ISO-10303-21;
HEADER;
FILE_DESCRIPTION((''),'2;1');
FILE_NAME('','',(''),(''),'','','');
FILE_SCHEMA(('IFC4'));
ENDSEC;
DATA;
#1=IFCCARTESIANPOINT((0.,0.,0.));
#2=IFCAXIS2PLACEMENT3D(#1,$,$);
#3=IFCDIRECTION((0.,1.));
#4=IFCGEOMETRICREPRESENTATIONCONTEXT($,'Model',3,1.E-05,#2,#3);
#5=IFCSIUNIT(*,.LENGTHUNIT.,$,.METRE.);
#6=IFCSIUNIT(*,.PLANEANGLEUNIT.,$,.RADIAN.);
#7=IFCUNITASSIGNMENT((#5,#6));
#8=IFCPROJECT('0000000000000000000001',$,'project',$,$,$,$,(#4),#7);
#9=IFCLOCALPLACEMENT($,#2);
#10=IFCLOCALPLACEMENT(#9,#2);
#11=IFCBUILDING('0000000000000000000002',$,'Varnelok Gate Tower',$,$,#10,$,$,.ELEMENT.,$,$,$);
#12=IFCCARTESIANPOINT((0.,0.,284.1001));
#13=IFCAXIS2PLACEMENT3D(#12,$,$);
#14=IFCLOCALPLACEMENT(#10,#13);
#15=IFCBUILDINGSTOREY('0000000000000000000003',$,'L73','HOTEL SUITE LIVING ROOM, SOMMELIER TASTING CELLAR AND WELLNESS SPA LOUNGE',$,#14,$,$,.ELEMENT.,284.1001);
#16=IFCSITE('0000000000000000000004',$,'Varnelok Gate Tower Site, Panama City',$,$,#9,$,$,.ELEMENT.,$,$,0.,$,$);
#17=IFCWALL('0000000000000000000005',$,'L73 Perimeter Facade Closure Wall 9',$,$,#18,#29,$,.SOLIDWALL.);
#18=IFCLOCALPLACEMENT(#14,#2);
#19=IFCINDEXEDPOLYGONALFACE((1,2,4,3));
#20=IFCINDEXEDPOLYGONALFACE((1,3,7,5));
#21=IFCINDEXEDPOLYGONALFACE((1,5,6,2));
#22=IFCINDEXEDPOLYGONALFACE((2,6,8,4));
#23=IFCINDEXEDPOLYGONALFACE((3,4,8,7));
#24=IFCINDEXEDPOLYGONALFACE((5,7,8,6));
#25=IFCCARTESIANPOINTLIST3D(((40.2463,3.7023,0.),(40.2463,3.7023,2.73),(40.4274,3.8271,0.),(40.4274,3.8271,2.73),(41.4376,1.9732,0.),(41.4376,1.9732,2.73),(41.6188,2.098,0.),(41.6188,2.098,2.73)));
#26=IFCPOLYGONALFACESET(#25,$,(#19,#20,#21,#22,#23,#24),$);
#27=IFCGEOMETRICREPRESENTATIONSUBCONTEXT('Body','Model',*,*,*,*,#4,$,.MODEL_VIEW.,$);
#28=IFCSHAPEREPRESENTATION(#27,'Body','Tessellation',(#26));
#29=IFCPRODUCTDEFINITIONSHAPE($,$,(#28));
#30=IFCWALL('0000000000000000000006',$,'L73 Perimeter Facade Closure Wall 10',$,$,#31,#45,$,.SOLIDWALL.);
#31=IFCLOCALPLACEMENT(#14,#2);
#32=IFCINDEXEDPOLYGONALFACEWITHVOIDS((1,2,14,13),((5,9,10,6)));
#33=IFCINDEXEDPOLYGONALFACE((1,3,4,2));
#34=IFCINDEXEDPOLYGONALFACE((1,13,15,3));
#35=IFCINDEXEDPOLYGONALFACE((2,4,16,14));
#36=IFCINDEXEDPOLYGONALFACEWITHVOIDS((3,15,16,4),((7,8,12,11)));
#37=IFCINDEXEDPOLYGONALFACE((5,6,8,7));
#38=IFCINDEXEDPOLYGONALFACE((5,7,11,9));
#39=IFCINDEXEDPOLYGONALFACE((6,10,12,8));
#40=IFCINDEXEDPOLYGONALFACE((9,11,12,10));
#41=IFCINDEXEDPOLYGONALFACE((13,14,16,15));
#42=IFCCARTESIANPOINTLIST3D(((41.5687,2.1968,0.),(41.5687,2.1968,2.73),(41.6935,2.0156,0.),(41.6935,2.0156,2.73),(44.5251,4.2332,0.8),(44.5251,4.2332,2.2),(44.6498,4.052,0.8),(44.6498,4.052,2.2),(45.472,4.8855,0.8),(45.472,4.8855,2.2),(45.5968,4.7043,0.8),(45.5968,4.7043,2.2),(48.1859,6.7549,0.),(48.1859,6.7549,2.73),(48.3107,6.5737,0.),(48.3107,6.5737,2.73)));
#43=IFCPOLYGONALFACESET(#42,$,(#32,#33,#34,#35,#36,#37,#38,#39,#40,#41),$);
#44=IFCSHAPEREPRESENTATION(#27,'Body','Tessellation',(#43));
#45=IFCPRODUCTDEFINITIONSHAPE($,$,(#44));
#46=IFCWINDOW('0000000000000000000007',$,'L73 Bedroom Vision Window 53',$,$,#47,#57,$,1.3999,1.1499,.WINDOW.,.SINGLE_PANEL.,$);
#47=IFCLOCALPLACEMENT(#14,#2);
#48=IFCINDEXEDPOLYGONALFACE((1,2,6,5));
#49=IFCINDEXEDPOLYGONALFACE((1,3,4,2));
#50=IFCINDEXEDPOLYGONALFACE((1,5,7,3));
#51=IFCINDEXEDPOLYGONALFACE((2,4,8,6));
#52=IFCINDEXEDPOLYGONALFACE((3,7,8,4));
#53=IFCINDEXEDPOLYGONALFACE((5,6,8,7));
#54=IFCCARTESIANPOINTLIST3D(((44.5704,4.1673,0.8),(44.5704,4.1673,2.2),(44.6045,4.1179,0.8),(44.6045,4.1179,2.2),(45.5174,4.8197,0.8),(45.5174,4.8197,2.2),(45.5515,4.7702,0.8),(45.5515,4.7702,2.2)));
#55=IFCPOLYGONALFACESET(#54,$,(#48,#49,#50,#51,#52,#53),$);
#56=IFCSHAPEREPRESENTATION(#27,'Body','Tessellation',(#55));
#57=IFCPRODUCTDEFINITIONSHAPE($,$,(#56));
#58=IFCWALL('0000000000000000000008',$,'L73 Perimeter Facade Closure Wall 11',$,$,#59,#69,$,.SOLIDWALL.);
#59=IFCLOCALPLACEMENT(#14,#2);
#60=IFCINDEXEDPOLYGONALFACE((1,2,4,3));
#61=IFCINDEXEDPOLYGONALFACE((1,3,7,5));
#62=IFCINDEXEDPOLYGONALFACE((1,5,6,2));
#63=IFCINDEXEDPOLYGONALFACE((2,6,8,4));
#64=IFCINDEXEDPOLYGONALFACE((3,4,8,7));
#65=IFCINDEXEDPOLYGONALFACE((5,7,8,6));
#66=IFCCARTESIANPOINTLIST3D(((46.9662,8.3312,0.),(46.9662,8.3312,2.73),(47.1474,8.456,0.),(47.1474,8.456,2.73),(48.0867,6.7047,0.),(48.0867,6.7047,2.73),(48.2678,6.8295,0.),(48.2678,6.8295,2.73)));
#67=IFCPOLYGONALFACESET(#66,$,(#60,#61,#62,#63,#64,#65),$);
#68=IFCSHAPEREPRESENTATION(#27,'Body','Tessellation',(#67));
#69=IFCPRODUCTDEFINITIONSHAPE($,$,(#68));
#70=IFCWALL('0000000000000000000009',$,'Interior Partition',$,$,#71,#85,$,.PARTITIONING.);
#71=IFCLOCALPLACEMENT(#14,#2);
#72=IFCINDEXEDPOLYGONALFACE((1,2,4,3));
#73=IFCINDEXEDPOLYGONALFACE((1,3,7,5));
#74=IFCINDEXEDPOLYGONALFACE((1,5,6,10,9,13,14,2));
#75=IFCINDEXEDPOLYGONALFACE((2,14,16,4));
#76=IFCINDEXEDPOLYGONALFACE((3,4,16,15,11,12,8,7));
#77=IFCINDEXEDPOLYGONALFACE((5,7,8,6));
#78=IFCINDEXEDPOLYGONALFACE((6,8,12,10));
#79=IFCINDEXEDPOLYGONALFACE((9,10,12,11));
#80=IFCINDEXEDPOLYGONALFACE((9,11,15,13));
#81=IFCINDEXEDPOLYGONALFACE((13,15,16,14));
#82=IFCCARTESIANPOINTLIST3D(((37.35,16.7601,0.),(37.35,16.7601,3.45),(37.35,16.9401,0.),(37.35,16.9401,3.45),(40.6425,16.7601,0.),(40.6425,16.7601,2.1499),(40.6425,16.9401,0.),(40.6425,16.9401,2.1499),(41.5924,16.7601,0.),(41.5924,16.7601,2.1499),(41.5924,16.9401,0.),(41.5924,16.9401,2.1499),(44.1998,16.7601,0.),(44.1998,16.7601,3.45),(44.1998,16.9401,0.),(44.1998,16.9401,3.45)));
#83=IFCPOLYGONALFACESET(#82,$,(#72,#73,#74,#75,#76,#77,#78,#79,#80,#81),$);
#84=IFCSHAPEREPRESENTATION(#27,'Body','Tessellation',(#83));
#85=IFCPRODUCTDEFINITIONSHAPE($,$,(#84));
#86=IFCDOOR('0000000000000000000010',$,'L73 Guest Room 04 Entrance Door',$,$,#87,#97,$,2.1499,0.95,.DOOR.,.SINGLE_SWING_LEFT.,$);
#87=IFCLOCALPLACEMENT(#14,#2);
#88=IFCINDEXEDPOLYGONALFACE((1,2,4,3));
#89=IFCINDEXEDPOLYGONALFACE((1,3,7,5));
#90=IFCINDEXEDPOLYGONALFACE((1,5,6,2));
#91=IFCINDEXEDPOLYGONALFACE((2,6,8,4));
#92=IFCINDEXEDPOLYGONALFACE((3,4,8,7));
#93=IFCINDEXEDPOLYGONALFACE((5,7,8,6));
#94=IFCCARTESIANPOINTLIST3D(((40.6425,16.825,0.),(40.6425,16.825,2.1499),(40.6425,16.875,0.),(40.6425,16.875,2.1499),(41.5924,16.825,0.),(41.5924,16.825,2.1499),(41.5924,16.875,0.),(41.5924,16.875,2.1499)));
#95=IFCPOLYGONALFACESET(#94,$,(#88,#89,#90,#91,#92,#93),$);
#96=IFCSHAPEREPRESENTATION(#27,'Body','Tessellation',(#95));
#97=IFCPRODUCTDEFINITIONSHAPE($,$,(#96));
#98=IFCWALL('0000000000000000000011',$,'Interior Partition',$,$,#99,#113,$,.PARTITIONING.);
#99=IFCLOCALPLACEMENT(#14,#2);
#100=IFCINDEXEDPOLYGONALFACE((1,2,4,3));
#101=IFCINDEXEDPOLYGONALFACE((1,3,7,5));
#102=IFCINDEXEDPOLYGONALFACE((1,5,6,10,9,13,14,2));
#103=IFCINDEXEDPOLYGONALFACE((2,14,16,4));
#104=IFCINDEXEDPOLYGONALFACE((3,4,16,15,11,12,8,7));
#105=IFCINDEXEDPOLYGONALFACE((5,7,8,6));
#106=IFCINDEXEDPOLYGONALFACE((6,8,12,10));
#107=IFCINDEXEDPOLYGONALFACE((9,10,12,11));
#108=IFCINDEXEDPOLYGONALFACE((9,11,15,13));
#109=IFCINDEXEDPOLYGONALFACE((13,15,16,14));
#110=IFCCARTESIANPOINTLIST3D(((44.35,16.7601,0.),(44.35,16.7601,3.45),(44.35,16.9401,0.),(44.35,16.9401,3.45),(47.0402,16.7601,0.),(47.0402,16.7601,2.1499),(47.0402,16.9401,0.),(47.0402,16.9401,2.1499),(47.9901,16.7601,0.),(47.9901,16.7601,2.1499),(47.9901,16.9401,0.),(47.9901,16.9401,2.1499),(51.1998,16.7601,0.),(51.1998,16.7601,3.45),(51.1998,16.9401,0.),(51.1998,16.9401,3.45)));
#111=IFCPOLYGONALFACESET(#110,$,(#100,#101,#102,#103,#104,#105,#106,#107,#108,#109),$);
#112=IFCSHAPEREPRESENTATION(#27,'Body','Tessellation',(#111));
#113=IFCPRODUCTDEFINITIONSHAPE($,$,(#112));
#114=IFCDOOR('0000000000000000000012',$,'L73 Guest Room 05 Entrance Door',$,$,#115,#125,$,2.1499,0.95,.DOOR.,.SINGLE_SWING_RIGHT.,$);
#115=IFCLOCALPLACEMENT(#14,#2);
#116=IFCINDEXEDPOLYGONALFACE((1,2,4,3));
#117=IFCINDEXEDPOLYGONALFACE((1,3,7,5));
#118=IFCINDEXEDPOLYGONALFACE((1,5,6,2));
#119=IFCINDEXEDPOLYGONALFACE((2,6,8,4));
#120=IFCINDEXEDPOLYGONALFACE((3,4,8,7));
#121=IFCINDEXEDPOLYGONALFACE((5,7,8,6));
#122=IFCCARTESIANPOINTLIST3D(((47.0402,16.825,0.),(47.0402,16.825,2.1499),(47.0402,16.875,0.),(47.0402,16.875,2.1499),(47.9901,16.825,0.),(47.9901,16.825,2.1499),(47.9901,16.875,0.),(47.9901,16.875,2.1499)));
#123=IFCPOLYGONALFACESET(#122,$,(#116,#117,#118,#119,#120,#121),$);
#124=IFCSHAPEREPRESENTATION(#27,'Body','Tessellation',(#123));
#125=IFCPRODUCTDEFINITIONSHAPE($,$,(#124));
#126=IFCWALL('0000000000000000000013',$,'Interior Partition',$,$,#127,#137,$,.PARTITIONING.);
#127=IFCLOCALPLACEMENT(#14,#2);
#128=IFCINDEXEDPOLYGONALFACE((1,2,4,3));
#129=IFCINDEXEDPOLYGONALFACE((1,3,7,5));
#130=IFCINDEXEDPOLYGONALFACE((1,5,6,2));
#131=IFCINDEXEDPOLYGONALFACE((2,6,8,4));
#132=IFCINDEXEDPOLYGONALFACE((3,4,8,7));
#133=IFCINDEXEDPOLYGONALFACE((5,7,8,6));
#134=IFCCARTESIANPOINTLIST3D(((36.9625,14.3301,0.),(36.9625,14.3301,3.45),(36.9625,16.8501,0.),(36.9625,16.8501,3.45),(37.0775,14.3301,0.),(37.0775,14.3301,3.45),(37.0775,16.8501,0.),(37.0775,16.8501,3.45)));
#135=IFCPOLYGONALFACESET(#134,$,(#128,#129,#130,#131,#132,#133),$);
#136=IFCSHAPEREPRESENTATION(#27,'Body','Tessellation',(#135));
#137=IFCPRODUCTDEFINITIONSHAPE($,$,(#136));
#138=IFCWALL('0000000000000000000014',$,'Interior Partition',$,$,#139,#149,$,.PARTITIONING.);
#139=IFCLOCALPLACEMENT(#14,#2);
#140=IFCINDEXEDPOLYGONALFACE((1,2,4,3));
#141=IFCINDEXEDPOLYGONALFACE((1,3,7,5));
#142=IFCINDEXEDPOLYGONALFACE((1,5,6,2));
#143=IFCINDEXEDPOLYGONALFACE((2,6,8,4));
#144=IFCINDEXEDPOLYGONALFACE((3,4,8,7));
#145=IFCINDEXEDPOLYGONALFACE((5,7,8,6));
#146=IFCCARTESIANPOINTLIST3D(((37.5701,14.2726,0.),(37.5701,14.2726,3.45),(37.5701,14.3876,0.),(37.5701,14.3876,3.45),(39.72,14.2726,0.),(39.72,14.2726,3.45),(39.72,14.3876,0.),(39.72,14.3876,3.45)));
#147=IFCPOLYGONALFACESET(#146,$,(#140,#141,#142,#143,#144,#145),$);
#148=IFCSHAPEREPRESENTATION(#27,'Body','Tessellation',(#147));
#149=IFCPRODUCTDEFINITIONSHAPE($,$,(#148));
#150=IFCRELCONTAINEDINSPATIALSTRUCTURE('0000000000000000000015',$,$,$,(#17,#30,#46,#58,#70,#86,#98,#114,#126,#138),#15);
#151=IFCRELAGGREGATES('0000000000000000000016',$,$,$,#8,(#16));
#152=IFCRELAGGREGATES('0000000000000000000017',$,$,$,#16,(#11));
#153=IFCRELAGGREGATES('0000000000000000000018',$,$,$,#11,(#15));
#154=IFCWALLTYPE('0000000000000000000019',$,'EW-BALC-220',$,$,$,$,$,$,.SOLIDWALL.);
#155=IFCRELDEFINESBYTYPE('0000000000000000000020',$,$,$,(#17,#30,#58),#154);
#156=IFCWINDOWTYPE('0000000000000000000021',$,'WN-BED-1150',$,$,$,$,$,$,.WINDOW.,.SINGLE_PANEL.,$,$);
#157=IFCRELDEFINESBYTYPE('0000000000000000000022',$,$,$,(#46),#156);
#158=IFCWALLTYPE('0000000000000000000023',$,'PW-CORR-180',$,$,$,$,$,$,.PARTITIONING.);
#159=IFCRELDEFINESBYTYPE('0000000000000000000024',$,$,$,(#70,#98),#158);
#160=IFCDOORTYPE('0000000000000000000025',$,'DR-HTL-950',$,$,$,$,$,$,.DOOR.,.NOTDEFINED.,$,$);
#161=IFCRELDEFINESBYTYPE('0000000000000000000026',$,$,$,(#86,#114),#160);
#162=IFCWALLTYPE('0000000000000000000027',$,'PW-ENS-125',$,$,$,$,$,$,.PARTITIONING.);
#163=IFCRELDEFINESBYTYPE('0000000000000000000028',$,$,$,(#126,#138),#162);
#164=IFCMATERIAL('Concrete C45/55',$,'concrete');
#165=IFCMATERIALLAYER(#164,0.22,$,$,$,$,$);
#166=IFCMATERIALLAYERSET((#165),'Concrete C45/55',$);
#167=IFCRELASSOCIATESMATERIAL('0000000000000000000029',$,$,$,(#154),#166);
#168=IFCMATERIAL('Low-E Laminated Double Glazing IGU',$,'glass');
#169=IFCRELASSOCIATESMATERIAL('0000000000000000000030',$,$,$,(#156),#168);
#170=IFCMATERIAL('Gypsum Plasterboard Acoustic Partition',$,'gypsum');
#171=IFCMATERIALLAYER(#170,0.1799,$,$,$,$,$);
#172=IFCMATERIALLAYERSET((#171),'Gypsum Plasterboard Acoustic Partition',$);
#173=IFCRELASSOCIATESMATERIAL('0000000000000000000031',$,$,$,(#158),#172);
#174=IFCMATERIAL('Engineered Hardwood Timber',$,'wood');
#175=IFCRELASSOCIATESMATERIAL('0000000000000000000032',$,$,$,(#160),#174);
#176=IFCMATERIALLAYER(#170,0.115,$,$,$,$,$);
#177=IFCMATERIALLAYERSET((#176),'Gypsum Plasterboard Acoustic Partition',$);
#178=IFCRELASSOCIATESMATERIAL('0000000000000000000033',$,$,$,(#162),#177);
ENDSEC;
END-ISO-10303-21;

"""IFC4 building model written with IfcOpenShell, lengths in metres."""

from ifc_helpers import new_model, si_unit, direction, frame, frame_2d, origin, place, context, subcontext, project, spatial, rectangle, extrude, material, layer, layer_set, type_object, element, fill, save


model = new_model("IFC4")

# Units and contexts
model_context = context("Model", 3, precision=1e-05, world=origin(), true_north=direction((0.0, 1.0)))
body_context = subcontext(model_context, "Body", "Model", "MODEL_VIEW")
ifc_project = project(units=[si_unit("LENGTHUNIT", "METRE"), si_unit("PLANEANGLEUNIT", "RADIAN")], contexts=[model_context])

# Site, building, storey
site_placement = place(None, origin())
site = spatial("IfcSite", under=ifc_project, at=site_placement, Name="Varnelok Gate Tower Site, Panama City", CompositionType="ELEMENT", RefElevation=0.0)
building_placement = place(site_placement, origin())
building = spatial("IfcBuilding", under=site, at=building_placement, Name="Varnelok Gate Tower", CompositionType="ELEMENT")
storey_placement = place(building_placement, frame((0.0, 0.0, 284.1001)))
storey = spatial("IfcBuildingStorey", under=building, at=storey_placement, Name="L73", Description="HOTEL SUITE LIVING ROOM, SOMMELIER TASTING CELLAR AND WELLNESS SPA LOUNGE", CompositionType="ELEMENT", Elevation=284.1001)

# Shared definitions
ifc_material_1 = material(Name="Concrete C45/55", Category="concrete")
ifc_layer_1 = layer(ifc_material_1, 0.22)
ifc_layer_set_1 = layer_set([ifc_layer_1], Name="Concrete C45/55")
wall_type_1 = type_object("IfcWallType", Name="EW-BALC-220", PredefinedType="SOLIDWALL", material=ifc_layer_set_1)

# Wall
wall_1_placement = place(storey_placement, frame((40.3369, 3.7646, 0.0), z_axis=(0.0, 0.0, 1.0), x_axis=(0.567353, -0.823475, 0.0)))
element("IfcWall", 1, at=wall_1_placement, inside=storey, type_object=wall_type_1, Name="L73 Perimeter Facade Closure Wall 9", PredefinedType="SOLIDWALL", context=body_context, shape_type="SweptSolid", body=[
    extrude(rectangle(XDim=2.0999, YDim=0.22, at=frame_2d((1.0498, 0.0))), origin(), (0.0, 0.0, 1.0), 2.73),
])

# Wall, opening, window
wall_2_placement = place(storey_placement, frame((41.6311, 2.1062, 0.0), z_axis=(0.0, 0.0, 1.0), x_axis=(0.823531, 0.567271, 0.0)))
wall_2 = element("IfcWall", 2, at=wall_2_placement, inside=storey, type_object=wall_type_1, Name="L73 Perimeter Facade Closure Wall 10", PredefinedType="SOLIDWALL", context=body_context, shape_type="SweptSolid", body=[
    extrude(rectangle(XDim=8.0352, YDim=0.22, at=frame_2d((4.0176, 0.0))), origin(), (0.0, 0.0, 1.0), 2.73),
])
opening_1_placement = place(wall_2_placement, frame((3.5898, 0.0, 0.8)))
opening_1 = element("IfcOpeningElement", 3, at=opening_1_placement, cuts=wall_2, PredefinedType="OPENING", context=body_context, shape_type="SweptSolid", body=[
    extrude(rectangle(XDim=1.1499, YDim=1.3999, at=frame_2d((0.575, 0.7))), frame((0.0, 0.1199, 0.0), z_axis=(0.0, -1.0, 0.0), x_axis=(1.0, 0.0, 0.0)), (0.0, 0.0, 1.0), 0.24),
])
ifc_material_2 = material(Name="Low-E Laminated Double Glazing IGU", Category="glass")
window_type = type_object("IfcWindowType", Name="WN-BED-1150", PartitioningType="SINGLE_PANEL", PredefinedType="WINDOW", material=ifc_material_2)
window_placement = place(opening_1_placement, origin())
window = element("IfcWindow", 4, at=window_placement, inside=storey, type_object=window_type, Name="L73 Bedroom Vision Window 53", OverallHeight=1.3999, OverallWidth=1.1499, PartitioningType="SINGLE_PANEL", PredefinedType="WINDOW", context=body_context, shape_type="SweptSolid", body=[
    extrude(rectangle(XDim=1.1499, YDim=1.3999, at=frame_2d((0.575, 0.7))), frame((0.0, 0.03, 0.0), z_axis=(0.0, -1.0, 0.0), x_axis=(1.0, 0.0, 0.0)), (0.0, 0.0, 1.0), 0.0601),
])
fill(opening_1, window)

# Wall
wall_3_placement = place(storey_placement, frame((48.1772, 6.7671, 0.0), z_axis=(0.0, 0.0, 1.0), x_axis=(-0.567274, 0.823529, 0.0)))
element("IfcWall", 5, at=wall_3_placement, inside=storey, type_object=wall_type_1, Name="L73 Perimeter Facade Closure Wall 11", PredefinedType="SOLIDWALL", context=body_context, shape_type="SweptSolid", body=[
    extrude(rectangle(XDim=1.9751, YDim=0.22, at=frame_2d((0.9875, 0.0))), origin(), (0.0, 0.0, 1.0), 2.73),
])

# Walls, openings, doors
ifc_material_3 = material(Name="Gypsum Plasterboard Acoustic Partition", Category="gypsum")
ifc_layer_2 = layer(ifc_material_3, 0.1799)
ifc_layer_set_2 = layer_set([ifc_layer_2], Name="Gypsum Plasterboard Acoustic Partition")
wall_type_2 = type_object("IfcWallType", Name="PW-CORR-180", PredefinedType="PARTITIONING", material=ifc_layer_set_2)
wall_4_placement = place(storey_placement, frame((37.3501, 16.8501, 0.0), z_axis=(0.0, 0.0, 1.0), x_axis=(1.0, 0.0, 0.0)))
wall_4 = element("IfcWall", 6, at=wall_4_placement, inside=storey, type_object=wall_type_2, Name="Interior Partition", PredefinedType="PARTITIONING", context=body_context, shape_type="SweptSolid", body=[
    extrude(rectangle(XDim=6.8499, YDim=0.1799, at=frame_2d((3.4248, 0.0))), origin(), (0.0, 0.0, 1.0), 3.45),
])
opening_2_placement = place(wall_4_placement, frame((3.2922, 0.0, 0.0)))
opening_2 = element("IfcOpeningElement", 7, at=opening_2_placement, cuts=wall_4, PredefinedType="OPENING", context=body_context, shape_type="SweptSolid", body=[
    extrude(rectangle(XDim=0.95, YDim=2.1499, at=frame_2d((0.4751, 1.075))), frame((0.0, 0.0999, 0.0), z_axis=(0.0, -1.0, 0.0), x_axis=(1.0, 0.0, 0.0)), (0.0, 0.0, 1.0), 0.2),
])
ifc_material_4 = material(Name="Engineered Hardwood Timber", Category="wood")
door_type_1 = type_object("IfcDoorType", Name="DR-HTL-950", OperationType="NOTDEFINED", PredefinedType="DOOR", material=ifc_material_4)
door_1_placement = place(opening_2_placement, origin())
door_1 = element("IfcDoor", 8, at=door_1_placement, inside=storey, type_object=door_type_1, Name="L73 Guest Room 04 Entrance Door", OperationType="SINGLE_SWING_LEFT", OverallHeight=2.1499, OverallWidth=0.95, PredefinedType="DOOR", context=body_context, shape_type="SweptSolid", body=[
    extrude(rectangle(XDim=0.95, YDim=2.1499, at=frame_2d((0.4751, 1.075))), frame((0.0, 0.0249, 0.0), z_axis=(0.0, -1.0, 0.0), x_axis=(1.0, 0.0, 0.0)), (0.0, 0.0, 1.0), 0.05),
])
fill(opening_2, door_1)
wall_5_placement = place(storey_placement, frame((44.3501, 16.8501, 0.0), z_axis=(0.0, 0.0, 1.0), x_axis=(1.0, 0.0, 0.0)))
wall_5 = element("IfcWall", 9, at=wall_5_placement, inside=storey, type_object=wall_type_2, Name="Interior Partition", PredefinedType="PARTITIONING", context=body_context, shape_type="SweptSolid", body=[
    extrude(rectangle(XDim=6.8499, YDim=0.1799, at=frame_2d((3.4248, 0.0))), origin(), (0.0, 0.0, 1.0), 3.45),
])
opening_3_placement = place(wall_5_placement, frame((2.6899, 0.0, 0.0)))
opening_3 = element("IfcOpeningElement", 10, at=opening_3_placement, cuts=wall_5, PredefinedType="OPENING", context=body_context, shape_type="SweptSolid", body=[
    extrude(rectangle(XDim=0.95, YDim=2.1499, at=frame_2d((0.4751, 1.075))), frame((0.0, 0.0999, 0.0), z_axis=(0.0, -1.0, 0.0), x_axis=(1.0, 0.0, 0.0)), (0.0, 0.0, 1.0), 0.2),
])
door_2_placement = place(opening_3_placement, origin())
door_2 = element("IfcDoor", 11, at=door_2_placement, inside=storey, type_object=door_type_1, Name="L73 Guest Room 05 Entrance Door", OperationType="SINGLE_SWING_RIGHT", OverallHeight=2.1499, OverallWidth=0.95, PredefinedType="DOOR", context=body_context, shape_type="SweptSolid", body=[
    extrude(rectangle(XDim=0.95, YDim=2.1499, at=frame_2d((0.4751, 1.075))), frame((0.0, 0.0249, 0.0), z_axis=(0.0, -1.0, 0.0), x_axis=(1.0, 0.0, 0.0)), (0.0, 0.0, 1.0), 0.05),
])
fill(opening_3, door_2)

# Walls
ifc_layer_3 = layer(ifc_material_3, 0.115)
ifc_layer_set_3 = layer_set([ifc_layer_3], Name="Gypsum Plasterboard Acoustic Partition")
wall_type_3 = type_object("IfcWallType", Name="PW-ENS-125", PredefinedType="PARTITIONING", material=ifc_layer_set_3)
wall_6_placement = place(storey_placement, frame((37.02, 14.3301, 0.0), z_axis=(0.0, 0.0, 1.0), x_axis=(0.0, 1.0, 0.0)))
element("IfcWall", 12, at=wall_6_placement, inside=storey, type_object=wall_type_3, Name="Interior Partition", PredefinedType="PARTITIONING", context=body_context, shape_type="SweptSolid", body=[
    extrude(rectangle(XDim=2.52, YDim=0.115, at=frame_2d((1.26, 0.0))), origin(), (0.0, 0.0, 1.0), 3.45),
])
wall_7_placement = place(storey_placement, frame((37.5701, 14.3301, 0.0), z_axis=(0.0, 0.0, 1.0), x_axis=(1.0, 0.0, 0.0)))
element("IfcWall", 13, at=wall_7_placement, inside=storey, type_object=wall_type_3, Name="Interior Partition", PredefinedType="PARTITIONING", context=body_context, shape_type="SweptSolid", body=[
    extrude(rectangle(XDim=2.1499, YDim=0.115, at=frame_2d((1.075, 0.0))), origin(), (0.0, 0.0, 1.0), 3.45),
])

save(model, "model.ifc")
